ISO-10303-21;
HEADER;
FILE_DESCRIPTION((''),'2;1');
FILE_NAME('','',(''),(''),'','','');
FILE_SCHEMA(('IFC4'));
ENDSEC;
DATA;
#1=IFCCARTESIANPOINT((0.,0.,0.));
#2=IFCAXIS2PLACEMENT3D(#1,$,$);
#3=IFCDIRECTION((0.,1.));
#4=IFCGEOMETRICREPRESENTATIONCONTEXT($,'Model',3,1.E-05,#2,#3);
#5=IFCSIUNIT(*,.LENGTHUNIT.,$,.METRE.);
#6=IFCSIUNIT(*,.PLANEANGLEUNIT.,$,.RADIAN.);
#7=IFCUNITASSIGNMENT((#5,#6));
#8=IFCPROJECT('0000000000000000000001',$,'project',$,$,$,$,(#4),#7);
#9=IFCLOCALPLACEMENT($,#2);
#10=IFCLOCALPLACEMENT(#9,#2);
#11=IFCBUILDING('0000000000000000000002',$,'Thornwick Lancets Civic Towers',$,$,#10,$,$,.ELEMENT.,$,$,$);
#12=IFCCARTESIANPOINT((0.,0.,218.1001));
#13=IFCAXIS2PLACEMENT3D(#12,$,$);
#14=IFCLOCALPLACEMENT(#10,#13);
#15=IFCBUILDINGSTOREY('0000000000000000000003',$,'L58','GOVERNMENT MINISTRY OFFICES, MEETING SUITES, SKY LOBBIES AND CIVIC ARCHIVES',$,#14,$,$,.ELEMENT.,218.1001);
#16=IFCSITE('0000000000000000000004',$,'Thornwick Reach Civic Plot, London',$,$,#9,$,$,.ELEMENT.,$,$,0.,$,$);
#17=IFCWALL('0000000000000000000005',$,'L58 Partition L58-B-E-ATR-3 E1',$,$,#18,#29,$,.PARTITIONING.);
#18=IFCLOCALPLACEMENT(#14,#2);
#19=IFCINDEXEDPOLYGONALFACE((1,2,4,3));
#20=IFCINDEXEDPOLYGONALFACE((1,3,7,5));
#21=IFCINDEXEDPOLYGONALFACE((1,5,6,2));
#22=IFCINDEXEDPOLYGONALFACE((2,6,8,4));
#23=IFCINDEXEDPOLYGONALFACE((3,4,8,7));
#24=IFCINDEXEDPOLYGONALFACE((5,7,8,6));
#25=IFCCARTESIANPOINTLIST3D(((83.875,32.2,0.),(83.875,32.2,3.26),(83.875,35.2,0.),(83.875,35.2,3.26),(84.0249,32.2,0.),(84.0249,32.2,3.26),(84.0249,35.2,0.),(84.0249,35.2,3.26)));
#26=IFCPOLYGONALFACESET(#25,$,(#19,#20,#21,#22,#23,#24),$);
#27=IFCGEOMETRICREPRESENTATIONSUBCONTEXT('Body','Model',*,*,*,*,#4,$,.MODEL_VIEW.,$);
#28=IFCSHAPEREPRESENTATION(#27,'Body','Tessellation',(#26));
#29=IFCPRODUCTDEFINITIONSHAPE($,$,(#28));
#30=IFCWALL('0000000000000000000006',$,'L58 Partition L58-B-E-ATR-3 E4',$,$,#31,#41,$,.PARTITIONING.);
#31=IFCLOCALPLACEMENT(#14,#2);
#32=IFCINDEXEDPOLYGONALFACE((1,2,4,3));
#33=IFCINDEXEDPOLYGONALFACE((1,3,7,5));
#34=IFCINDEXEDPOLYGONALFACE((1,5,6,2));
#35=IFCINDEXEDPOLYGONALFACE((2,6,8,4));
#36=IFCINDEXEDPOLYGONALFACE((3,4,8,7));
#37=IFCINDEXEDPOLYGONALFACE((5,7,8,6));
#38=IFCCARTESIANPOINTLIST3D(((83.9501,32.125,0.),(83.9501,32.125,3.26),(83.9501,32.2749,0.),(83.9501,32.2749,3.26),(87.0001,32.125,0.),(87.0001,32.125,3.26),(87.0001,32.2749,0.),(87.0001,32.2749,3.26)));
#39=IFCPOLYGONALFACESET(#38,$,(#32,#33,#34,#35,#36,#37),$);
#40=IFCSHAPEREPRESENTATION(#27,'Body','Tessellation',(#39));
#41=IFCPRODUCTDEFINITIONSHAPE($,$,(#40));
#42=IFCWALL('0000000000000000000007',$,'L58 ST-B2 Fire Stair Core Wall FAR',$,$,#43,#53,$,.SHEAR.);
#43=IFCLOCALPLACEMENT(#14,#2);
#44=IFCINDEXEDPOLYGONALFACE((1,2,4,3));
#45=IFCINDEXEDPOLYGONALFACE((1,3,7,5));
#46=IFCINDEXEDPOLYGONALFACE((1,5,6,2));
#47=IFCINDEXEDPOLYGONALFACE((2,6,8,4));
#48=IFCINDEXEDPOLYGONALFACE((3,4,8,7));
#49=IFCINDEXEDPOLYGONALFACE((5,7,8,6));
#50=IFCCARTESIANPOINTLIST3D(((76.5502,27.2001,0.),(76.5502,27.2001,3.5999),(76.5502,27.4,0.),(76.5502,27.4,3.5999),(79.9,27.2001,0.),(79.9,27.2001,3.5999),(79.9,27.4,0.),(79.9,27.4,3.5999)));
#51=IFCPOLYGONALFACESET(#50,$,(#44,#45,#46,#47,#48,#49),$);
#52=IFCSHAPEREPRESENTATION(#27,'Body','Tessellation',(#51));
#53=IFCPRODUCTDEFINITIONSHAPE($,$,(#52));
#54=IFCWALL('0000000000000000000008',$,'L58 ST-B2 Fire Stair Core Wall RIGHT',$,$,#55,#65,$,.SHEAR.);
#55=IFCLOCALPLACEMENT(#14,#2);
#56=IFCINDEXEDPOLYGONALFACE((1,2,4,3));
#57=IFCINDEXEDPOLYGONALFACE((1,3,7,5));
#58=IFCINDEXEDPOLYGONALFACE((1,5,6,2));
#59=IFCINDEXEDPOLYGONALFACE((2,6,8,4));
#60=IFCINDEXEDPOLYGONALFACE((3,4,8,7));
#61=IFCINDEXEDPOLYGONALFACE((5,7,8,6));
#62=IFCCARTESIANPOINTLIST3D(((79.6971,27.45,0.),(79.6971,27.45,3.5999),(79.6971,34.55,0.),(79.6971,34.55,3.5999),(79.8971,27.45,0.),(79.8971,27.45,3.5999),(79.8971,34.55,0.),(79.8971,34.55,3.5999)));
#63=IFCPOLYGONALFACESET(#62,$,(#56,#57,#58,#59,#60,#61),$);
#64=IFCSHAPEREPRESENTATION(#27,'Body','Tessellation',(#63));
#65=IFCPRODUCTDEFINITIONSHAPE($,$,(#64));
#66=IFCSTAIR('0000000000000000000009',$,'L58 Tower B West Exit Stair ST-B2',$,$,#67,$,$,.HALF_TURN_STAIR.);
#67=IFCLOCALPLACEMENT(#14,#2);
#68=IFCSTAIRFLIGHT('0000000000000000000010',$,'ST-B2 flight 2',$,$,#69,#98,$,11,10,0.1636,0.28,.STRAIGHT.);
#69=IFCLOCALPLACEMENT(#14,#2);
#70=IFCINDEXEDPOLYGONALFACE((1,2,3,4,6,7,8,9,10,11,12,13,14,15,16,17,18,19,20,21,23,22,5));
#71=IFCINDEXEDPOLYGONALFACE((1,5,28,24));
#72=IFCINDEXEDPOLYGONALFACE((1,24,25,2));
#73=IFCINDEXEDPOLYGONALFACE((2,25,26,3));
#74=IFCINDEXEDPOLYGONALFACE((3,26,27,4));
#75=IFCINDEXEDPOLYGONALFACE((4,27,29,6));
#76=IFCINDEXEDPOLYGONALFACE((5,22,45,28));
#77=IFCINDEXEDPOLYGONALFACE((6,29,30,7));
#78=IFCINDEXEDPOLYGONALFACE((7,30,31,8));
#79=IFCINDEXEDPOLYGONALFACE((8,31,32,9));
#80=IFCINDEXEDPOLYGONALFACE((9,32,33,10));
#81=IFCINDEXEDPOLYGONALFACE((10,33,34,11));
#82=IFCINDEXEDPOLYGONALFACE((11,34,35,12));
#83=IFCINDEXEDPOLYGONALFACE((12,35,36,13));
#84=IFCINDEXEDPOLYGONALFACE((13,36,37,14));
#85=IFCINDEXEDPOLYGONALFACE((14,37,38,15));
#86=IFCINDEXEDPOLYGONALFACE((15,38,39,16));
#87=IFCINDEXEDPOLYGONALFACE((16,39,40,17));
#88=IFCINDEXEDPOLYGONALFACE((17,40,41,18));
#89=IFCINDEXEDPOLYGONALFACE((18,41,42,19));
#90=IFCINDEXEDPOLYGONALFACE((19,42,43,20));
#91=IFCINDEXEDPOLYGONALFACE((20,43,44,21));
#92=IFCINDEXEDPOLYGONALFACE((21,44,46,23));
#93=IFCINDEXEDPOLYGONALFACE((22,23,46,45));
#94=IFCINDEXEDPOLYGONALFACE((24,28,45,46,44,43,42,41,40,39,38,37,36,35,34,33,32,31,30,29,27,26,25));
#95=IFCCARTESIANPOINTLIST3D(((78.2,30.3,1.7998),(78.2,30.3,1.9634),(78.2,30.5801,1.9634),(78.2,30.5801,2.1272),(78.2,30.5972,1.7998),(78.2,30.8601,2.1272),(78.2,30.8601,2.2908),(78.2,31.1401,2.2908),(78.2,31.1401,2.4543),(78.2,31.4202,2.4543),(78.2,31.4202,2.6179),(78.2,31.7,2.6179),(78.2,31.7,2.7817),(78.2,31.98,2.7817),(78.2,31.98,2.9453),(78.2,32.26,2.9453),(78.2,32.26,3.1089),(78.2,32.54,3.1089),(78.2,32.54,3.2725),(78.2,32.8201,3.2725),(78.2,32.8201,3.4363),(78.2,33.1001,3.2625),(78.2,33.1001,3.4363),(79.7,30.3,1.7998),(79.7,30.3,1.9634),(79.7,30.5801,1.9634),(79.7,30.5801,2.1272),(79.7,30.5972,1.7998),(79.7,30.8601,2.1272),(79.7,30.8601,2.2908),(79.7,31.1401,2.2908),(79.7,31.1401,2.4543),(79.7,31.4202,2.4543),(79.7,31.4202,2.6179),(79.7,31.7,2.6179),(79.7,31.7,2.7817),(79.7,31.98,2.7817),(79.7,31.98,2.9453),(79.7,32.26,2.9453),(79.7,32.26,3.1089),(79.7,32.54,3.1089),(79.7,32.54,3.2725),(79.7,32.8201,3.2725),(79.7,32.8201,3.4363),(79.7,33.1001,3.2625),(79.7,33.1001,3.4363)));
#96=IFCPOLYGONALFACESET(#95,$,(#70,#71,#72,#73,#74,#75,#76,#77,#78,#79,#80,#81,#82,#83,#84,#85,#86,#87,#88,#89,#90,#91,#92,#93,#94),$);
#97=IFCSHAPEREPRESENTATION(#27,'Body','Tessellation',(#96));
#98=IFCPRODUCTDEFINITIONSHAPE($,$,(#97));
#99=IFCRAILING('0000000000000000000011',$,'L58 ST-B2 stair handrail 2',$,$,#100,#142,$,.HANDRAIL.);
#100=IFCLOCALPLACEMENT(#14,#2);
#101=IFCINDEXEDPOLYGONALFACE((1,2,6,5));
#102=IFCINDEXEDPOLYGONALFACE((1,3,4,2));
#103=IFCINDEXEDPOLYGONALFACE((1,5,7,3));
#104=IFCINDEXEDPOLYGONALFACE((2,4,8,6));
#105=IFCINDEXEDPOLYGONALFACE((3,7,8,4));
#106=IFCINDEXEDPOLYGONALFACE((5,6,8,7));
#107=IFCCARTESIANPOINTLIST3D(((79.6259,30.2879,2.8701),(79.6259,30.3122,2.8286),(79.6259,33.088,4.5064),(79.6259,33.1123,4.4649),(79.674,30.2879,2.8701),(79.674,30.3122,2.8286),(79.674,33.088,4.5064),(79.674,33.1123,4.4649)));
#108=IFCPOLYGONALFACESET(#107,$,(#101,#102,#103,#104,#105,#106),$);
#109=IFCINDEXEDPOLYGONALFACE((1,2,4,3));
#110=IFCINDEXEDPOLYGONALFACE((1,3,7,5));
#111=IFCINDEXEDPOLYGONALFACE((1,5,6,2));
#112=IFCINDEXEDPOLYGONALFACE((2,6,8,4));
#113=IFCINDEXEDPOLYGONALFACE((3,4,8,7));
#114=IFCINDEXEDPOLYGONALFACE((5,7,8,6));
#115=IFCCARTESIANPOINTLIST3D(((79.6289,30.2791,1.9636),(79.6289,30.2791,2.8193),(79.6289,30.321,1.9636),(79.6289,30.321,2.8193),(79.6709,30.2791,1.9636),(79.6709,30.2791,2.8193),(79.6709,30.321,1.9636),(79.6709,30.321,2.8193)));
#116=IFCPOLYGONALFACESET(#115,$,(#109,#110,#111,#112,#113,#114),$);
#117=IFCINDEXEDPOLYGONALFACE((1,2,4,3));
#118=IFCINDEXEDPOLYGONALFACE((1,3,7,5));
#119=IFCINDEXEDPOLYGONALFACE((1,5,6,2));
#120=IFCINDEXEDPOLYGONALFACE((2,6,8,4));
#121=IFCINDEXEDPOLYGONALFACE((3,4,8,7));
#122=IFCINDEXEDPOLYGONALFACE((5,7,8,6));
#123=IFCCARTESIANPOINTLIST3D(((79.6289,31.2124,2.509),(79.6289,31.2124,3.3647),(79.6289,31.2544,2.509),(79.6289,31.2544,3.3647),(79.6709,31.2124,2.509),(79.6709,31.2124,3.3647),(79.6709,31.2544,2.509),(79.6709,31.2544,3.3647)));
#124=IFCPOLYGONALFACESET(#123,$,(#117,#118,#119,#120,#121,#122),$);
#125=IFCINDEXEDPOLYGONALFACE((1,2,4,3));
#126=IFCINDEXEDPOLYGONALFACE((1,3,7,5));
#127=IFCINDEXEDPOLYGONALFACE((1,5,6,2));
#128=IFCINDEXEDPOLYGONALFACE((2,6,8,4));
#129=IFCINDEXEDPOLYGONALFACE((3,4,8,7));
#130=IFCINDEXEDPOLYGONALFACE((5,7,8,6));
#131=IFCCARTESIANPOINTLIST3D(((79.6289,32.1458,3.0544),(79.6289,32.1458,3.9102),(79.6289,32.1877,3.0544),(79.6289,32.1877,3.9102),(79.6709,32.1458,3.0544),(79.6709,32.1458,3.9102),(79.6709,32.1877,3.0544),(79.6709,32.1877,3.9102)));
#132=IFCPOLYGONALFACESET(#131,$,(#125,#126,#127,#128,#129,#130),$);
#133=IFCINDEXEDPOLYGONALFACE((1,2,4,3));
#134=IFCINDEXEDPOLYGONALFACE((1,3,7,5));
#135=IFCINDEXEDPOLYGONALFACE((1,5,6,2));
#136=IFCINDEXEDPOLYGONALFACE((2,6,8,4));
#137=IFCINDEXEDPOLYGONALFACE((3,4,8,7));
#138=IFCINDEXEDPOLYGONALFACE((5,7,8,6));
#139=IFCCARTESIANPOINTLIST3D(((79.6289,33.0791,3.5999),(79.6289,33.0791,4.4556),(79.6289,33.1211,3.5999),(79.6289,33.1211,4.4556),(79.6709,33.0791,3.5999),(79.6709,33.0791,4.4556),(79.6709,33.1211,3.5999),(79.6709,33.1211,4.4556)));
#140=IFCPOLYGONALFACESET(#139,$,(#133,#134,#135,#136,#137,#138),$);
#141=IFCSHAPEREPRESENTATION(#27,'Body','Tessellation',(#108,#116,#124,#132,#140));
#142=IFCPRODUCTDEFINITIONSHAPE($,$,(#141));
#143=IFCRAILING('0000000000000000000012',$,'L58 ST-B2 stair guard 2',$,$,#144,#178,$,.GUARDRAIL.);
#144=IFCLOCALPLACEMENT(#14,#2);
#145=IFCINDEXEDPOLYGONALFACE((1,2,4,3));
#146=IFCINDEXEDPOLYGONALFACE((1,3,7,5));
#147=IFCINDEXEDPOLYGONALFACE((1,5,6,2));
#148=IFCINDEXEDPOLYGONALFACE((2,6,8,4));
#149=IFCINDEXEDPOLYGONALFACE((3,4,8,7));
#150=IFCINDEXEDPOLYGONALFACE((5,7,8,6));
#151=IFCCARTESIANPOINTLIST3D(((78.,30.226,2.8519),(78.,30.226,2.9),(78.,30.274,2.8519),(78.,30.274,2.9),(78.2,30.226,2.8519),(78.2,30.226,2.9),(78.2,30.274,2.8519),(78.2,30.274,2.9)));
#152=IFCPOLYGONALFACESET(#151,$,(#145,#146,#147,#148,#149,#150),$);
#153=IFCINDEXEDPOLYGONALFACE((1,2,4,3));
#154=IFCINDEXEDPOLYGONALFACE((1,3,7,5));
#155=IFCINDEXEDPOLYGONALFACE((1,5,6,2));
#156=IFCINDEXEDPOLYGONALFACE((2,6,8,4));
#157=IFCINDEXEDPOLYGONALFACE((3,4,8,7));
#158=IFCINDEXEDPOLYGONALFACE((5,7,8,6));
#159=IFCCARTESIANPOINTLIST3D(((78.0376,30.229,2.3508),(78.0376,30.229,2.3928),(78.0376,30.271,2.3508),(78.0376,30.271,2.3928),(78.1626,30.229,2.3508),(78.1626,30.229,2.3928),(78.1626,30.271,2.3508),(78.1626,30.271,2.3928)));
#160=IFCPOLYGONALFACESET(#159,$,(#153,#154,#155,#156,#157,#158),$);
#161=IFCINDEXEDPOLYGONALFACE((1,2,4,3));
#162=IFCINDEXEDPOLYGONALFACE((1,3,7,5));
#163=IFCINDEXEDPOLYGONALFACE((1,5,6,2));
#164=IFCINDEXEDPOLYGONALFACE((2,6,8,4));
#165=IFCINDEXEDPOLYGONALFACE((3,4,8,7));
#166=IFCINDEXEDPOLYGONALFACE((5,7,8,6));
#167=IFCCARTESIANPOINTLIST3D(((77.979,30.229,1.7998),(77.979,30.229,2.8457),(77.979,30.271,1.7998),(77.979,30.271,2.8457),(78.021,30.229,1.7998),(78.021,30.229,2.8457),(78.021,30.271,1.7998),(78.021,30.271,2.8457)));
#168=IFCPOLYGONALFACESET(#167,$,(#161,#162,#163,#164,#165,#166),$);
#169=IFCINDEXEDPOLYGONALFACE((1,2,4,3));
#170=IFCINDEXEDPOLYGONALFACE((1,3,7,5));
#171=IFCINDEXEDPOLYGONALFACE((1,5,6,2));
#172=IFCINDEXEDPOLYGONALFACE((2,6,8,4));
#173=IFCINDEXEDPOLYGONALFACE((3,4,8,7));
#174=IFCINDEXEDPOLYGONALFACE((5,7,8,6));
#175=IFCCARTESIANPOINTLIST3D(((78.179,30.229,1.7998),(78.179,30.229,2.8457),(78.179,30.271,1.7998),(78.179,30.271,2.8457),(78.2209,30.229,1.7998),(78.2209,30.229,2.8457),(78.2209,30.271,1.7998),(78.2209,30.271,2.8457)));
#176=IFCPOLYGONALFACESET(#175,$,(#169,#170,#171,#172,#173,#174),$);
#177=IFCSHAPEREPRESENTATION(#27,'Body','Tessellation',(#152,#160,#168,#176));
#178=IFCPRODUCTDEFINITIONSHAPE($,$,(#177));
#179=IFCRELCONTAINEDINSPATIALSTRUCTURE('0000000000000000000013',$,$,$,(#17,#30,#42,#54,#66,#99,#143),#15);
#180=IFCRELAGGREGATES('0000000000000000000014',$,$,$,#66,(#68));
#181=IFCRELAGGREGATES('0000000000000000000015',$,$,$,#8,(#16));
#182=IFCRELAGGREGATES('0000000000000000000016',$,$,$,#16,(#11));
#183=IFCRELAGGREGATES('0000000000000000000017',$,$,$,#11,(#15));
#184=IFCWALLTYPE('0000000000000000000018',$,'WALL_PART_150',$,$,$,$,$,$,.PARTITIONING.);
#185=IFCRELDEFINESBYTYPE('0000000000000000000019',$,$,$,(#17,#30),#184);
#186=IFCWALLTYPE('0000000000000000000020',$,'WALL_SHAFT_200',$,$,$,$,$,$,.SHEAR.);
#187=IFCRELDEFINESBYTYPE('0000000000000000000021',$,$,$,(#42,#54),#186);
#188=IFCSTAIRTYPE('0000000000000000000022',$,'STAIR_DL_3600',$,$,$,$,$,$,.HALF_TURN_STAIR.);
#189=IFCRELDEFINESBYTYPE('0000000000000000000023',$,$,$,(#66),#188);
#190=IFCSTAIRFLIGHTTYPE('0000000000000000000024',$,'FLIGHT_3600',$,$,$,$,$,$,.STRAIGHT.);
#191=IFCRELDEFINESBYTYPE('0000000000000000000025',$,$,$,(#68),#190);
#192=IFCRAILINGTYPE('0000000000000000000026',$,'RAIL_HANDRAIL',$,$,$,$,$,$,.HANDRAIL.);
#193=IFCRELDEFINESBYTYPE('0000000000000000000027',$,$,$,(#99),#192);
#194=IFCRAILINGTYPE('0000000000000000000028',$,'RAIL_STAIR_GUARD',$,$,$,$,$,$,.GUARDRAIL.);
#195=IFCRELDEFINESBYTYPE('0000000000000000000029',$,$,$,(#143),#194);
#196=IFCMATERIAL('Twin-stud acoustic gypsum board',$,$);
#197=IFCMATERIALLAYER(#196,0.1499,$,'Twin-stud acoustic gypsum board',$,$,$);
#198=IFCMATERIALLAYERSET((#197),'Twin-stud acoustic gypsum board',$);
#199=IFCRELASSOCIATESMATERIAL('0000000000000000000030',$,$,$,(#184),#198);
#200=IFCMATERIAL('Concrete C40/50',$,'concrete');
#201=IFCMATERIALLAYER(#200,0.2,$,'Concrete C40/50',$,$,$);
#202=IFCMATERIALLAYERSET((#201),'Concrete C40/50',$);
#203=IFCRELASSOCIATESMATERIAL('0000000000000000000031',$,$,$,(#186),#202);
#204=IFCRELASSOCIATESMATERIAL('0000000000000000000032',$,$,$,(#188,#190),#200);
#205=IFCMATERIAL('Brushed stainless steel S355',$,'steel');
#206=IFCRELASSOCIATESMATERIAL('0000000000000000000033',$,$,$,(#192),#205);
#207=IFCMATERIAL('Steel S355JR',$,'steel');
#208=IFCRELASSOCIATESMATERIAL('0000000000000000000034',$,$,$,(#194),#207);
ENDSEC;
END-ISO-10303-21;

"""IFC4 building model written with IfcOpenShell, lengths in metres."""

from ifc_helpers import new_model, si_unit, direction, frame, frame_2d, origin, origin_2d, place, context, subcontext, project, spatial, polyline, rectangle, outline, extrude, material, layer, layer_set, type_object, element, aggregate, save


model = new_model("IFC4")

# Units and contexts
model_context = context("Model", 3, precision=1e-05, world=origin(), true_north=direction((0.0, 1.0)))
body_context = subcontext(model_context, "Body", "Model", "MODEL_VIEW")
ifc_project = project(units=[si_unit("LENGTHUNIT", "METRE"), si_unit("PLANEANGLEUNIT", "RADIAN")], contexts=[model_context])

# Site, building, storey
site_placement = place(None, origin())
site = spatial("IfcSite", under=ifc_project, at=site_placement, Name="Thornwick Reach Civic Plot, London", CompositionType="ELEMENT", RefElevation=0.0)
building_placement = place(site_placement, origin())
building = spatial("IfcBuilding", under=site, at=building_placement, Name="Thornwick Lancets Civic Towers", CompositionType="ELEMENT")
storey_placement = place(building_placement, frame((0.0, 0.0, 218.1001)))
storey = spatial("IfcBuildingStorey", under=building, at=storey_placement, Name="L58", Description="GOVERNMENT MINISTRY OFFICES, MEETING SUITES, SKY LOBBIES AND CIVIC ARCHIVES", CompositionType="ELEMENT", Elevation=218.1001)

# Shared definitions
ifc_material_1 = material(Name="Steel S355JR", Category="steel")

# Shared definitions
ifc_material_2 = material(Name="Twin-stud acoustic gypsum board")
ifc_layer_1 = layer(ifc_material_2, 0.1499, Name="Twin-stud acoustic gypsum board")
ifc_layer_set_1 = layer_set([ifc_layer_1], Name="Twin-stud acoustic gypsum board")
wall_type_1 = type_object("IfcWallType", Name="WALL_PART_150", PredefinedType="PARTITIONING", material=ifc_layer_set_1)

# Wall
wall_1_placement = place(storey_placement, frame((83.95, 32.2, 0.0), z_axis=(0.0, 0.0, 1.0), x_axis=(0.0, 1.0, 0.0)))
element("IfcWall", 1, at=wall_1_placement, inside=storey, type_object=wall_type_1, Name="L58 Partition L58-B-E-ATR-3 E1", PredefinedType="PARTITIONING", context=body_context, shape_type="SweptSolid", body=[
    extrude(rectangle(XDim=3.0, YDim=0.1499, at=frame_2d((1.5, 0.0))), origin(), (0.0, 0.0, 1.0), 3.26),
])

# Walls
wall_2_placement = place(storey_placement, frame((87.0, 32.2, 0.0), z_axis=(0.0, 0.0, 1.0), x_axis=(-1.0, 0.0, 0.0)))
element("IfcWall", 2, at=wall_2_placement, inside=storey, type_object=wall_type_1, Name="L58 Partition L58-B-E-ATR-3 E4", PredefinedType="PARTITIONING", context=body_context, shape_type="SweptSolid", body=[
    extrude(rectangle(XDim=3.05, YDim=0.1499, at=frame_2d((1.5249, 0.0))), origin(), (0.0, 0.0, 1.0), 3.26),
])
ifc_material_3 = material(Name="Concrete C40/50", Category="concrete")
ifc_layer_2 = layer(ifc_material_3, 0.2, Name="Concrete C40/50")
ifc_layer_set_2 = layer_set([ifc_layer_2], Name="Concrete C40/50")
wall_type_2 = type_object("IfcWallType", Name="WALL_SHAFT_200", PredefinedType="SHEAR", material=ifc_layer_set_2)
wall_3_placement = place(storey_placement, frame((79.8999, 27.3, 0.0), z_axis=(0.0, 0.0, 1.0), x_axis=(-1.0, 0.0, 0.0)))
element("IfcWall", 3, at=wall_3_placement, inside=storey, type_object=wall_type_2, Name="L58 ST-B2 Fire Stair Core Wall FAR", PredefinedType="SHEAR", context=body_context, shape_type="SweptSolid", body=[
    extrude(rectangle(XDim=3.3499, YDim=0.2, at=frame_2d((1.6748, 0.0))), origin(), (0.0, 0.0, 1.0), 3.5999),
])
wall_4_placement = place(storey_placement, frame((79.7971, 27.45, 0.0), z_axis=(0.0, 0.0, 1.0), x_axis=(0.0, 1.0, 0.0)))
element("IfcWall", 4, at=wall_4_placement, inside=storey, type_object=wall_type_2, Name="L58 ST-B2 Fire Stair Core Wall RIGHT", PredefinedType="SHEAR", context=body_context, shape_type="SweptSolid", body=[
    extrude(rectangle(XDim=7.1001, YDim=0.2, at=frame_2d((3.55, 0.0))), origin(), (0.0, 0.0, 1.0), 3.5999),
])

# Stair, stair flight
stair_type = type_object("IfcStairType", Name="STAIR_DL_3600", PredefinedType="HALF_TURN_STAIR", material=ifc_material_3)
stair_placement = place(storey_placement, origin())
stair = element("IfcStair", 5, at=stair_placement, inside=storey, type_object=stair_type, Name="L58 Tower B West Exit Stair ST-B2", PredefinedType="HALF_TURN_STAIR")
stair_flight_type = type_object("IfcStairFlightType", Name="FLIGHT_3600", PredefinedType="STRAIGHT", material=ifc_material_3)
stair_flight_placement = place(storey_placement, frame((78.95, 30.3, 1.7998), z_axis=(0.0, 0.0, 1.0), x_axis=(0.0, 1.0, 0.0)))
stair_flight = element("IfcStairFlight", 6, at=stair_flight_placement, type_object=stair_flight_type, Name="ST-B2 flight 2", NumberOfRisers=11, NumberOfTreads=10, PredefinedType="STRAIGHT", RiserHeight=0.1636, TreadLength=0.28, context=body_context, shape_type="SweptSolid", body=[
    extrude(outline(polyline([(0.0, 0.0), (0.0, 0.1636), (0.28, 0.1636), (0.28, 0.3274), (0.5601, 0.3274), (0.5601, 0.491), (0.8401, 0.491), (0.8401, 0.6545), (1.1201, 0.6545), (1.1201, 0.8181), (1.3999, 0.8181), (1.3999, 0.9819), (1.6799, 0.9819), (1.6799, 1.1455), (1.96, 1.1455), (1.96, 1.3091), (2.24, 1.3091), (2.24, 1.4727), (2.52, 1.4727), (2.52, 1.6365), (2.8, 1.6365), (2.8, 1.8), (2.8, 1.4626), (0.2971, 0.0), (0.0, 0.0)])), frame((0.0, 0.75, 0.0), z_axis=(0.0, -1.0, 0.0), x_axis=(1.0, 0.0, 0.0)), (0.0, 0.0, 1.0), 1.5),
])
aggregate(stair, [stair_flight])

# Railings
ifc_material_4 = material(Name="Brushed stainless steel S355", Category="steel")
railing_type_1 = type_object("IfcRailingType", Name="RAIL_HANDRAIL", PredefinedType="HANDRAIL", material=ifc_material_4)
railing_1_placement = place(storey_placement, frame((79.6499, 30.3, 1.9636)))
element("IfcRailing", 7, at=railing_1_placement, inside=storey, type_object=railing_type_1, Name="L58 ST-B2 stair handrail 2", PredefinedType="HANDRAIL", context=body_context, shape_type="SweptSolid", body=[
    extrude(rectangle(XDim=0.0481, YDim=0.0481, at=origin_2d()), frame((0.0, 0.0, 0.8857), z_axis=(0.0, 0.863394, 0.504531), x_axis=(-1.0, 0.0, 0.0)), (0.0, 0.0, 1.0), 3.2432),
    extrude(rectangle(XDim=0.042, YDim=0.042, at=origin_2d()), origin(), (0.0, 0.0, 1.0), 0.8557),
    extrude(rectangle(XDim=0.042, YDim=0.042, at=origin_2d()), frame((0.0, 0.9333, 0.5454)), (0.0, 0.0, 1.0), 0.8557),
    extrude(rectangle(XDim=0.042, YDim=0.042, at=origin_2d()), frame((0.0, 1.8667, 1.0908)), (0.0, 0.0, 1.0), 0.8557),
    extrude(rectangle(XDim=0.042, YDim=0.042, at=origin_2d()), frame((0.0, 2.8, 1.6362)), (0.0, 0.0, 1.0), 0.8557),
])
railing_type_2 = type_object("IfcRailingType", Name="RAIL_STAIR_GUARD", PredefinedType="GUARDRAIL", material=ifc_material_1)
railing_2_placement = place(storey_placement, frame((78.0, 30.25, 1.7998)))
element("IfcRailing", 8, at=railing_2_placement, inside=storey, type_object=railing_type_2, Name="L58 ST-B2 stair guard 2", PredefinedType="GUARDRAIL", context=body_context, shape_type="SweptSolid", body=[
    extrude(rectangle(XDim=0.0481, YDim=0.0481, at=origin_2d()), frame((0.0, 0.0, 1.0762), z_axis=(1.0, 0.0, 0.0), x_axis=(0.0, 1.0, 0.0)), (0.0, 0.0, 1.0), 0.2),
    extrude(rectangle(XDim=0.042, YDim=0.042, at=origin_2d()), frame((0.0376, 0.0, 0.572), z_axis=(1.0, 0.0, 0.0), x_axis=(0.0, 1.0, 0.0)), (0.0, 0.0, 1.0), 0.125),
    extrude(rectangle(XDim=0.042, YDim=0.042, at=origin_2d()), origin(), (0.0, 0.0, 1.0), 1.0459),
    extrude(rectangle(XDim=0.042, YDim=0.042, at=origin_2d()), frame((0.2, 0.0, 0.0)), (0.0, 0.0, 1.0), 1.0459),
])

save(model, "model.ifc")
